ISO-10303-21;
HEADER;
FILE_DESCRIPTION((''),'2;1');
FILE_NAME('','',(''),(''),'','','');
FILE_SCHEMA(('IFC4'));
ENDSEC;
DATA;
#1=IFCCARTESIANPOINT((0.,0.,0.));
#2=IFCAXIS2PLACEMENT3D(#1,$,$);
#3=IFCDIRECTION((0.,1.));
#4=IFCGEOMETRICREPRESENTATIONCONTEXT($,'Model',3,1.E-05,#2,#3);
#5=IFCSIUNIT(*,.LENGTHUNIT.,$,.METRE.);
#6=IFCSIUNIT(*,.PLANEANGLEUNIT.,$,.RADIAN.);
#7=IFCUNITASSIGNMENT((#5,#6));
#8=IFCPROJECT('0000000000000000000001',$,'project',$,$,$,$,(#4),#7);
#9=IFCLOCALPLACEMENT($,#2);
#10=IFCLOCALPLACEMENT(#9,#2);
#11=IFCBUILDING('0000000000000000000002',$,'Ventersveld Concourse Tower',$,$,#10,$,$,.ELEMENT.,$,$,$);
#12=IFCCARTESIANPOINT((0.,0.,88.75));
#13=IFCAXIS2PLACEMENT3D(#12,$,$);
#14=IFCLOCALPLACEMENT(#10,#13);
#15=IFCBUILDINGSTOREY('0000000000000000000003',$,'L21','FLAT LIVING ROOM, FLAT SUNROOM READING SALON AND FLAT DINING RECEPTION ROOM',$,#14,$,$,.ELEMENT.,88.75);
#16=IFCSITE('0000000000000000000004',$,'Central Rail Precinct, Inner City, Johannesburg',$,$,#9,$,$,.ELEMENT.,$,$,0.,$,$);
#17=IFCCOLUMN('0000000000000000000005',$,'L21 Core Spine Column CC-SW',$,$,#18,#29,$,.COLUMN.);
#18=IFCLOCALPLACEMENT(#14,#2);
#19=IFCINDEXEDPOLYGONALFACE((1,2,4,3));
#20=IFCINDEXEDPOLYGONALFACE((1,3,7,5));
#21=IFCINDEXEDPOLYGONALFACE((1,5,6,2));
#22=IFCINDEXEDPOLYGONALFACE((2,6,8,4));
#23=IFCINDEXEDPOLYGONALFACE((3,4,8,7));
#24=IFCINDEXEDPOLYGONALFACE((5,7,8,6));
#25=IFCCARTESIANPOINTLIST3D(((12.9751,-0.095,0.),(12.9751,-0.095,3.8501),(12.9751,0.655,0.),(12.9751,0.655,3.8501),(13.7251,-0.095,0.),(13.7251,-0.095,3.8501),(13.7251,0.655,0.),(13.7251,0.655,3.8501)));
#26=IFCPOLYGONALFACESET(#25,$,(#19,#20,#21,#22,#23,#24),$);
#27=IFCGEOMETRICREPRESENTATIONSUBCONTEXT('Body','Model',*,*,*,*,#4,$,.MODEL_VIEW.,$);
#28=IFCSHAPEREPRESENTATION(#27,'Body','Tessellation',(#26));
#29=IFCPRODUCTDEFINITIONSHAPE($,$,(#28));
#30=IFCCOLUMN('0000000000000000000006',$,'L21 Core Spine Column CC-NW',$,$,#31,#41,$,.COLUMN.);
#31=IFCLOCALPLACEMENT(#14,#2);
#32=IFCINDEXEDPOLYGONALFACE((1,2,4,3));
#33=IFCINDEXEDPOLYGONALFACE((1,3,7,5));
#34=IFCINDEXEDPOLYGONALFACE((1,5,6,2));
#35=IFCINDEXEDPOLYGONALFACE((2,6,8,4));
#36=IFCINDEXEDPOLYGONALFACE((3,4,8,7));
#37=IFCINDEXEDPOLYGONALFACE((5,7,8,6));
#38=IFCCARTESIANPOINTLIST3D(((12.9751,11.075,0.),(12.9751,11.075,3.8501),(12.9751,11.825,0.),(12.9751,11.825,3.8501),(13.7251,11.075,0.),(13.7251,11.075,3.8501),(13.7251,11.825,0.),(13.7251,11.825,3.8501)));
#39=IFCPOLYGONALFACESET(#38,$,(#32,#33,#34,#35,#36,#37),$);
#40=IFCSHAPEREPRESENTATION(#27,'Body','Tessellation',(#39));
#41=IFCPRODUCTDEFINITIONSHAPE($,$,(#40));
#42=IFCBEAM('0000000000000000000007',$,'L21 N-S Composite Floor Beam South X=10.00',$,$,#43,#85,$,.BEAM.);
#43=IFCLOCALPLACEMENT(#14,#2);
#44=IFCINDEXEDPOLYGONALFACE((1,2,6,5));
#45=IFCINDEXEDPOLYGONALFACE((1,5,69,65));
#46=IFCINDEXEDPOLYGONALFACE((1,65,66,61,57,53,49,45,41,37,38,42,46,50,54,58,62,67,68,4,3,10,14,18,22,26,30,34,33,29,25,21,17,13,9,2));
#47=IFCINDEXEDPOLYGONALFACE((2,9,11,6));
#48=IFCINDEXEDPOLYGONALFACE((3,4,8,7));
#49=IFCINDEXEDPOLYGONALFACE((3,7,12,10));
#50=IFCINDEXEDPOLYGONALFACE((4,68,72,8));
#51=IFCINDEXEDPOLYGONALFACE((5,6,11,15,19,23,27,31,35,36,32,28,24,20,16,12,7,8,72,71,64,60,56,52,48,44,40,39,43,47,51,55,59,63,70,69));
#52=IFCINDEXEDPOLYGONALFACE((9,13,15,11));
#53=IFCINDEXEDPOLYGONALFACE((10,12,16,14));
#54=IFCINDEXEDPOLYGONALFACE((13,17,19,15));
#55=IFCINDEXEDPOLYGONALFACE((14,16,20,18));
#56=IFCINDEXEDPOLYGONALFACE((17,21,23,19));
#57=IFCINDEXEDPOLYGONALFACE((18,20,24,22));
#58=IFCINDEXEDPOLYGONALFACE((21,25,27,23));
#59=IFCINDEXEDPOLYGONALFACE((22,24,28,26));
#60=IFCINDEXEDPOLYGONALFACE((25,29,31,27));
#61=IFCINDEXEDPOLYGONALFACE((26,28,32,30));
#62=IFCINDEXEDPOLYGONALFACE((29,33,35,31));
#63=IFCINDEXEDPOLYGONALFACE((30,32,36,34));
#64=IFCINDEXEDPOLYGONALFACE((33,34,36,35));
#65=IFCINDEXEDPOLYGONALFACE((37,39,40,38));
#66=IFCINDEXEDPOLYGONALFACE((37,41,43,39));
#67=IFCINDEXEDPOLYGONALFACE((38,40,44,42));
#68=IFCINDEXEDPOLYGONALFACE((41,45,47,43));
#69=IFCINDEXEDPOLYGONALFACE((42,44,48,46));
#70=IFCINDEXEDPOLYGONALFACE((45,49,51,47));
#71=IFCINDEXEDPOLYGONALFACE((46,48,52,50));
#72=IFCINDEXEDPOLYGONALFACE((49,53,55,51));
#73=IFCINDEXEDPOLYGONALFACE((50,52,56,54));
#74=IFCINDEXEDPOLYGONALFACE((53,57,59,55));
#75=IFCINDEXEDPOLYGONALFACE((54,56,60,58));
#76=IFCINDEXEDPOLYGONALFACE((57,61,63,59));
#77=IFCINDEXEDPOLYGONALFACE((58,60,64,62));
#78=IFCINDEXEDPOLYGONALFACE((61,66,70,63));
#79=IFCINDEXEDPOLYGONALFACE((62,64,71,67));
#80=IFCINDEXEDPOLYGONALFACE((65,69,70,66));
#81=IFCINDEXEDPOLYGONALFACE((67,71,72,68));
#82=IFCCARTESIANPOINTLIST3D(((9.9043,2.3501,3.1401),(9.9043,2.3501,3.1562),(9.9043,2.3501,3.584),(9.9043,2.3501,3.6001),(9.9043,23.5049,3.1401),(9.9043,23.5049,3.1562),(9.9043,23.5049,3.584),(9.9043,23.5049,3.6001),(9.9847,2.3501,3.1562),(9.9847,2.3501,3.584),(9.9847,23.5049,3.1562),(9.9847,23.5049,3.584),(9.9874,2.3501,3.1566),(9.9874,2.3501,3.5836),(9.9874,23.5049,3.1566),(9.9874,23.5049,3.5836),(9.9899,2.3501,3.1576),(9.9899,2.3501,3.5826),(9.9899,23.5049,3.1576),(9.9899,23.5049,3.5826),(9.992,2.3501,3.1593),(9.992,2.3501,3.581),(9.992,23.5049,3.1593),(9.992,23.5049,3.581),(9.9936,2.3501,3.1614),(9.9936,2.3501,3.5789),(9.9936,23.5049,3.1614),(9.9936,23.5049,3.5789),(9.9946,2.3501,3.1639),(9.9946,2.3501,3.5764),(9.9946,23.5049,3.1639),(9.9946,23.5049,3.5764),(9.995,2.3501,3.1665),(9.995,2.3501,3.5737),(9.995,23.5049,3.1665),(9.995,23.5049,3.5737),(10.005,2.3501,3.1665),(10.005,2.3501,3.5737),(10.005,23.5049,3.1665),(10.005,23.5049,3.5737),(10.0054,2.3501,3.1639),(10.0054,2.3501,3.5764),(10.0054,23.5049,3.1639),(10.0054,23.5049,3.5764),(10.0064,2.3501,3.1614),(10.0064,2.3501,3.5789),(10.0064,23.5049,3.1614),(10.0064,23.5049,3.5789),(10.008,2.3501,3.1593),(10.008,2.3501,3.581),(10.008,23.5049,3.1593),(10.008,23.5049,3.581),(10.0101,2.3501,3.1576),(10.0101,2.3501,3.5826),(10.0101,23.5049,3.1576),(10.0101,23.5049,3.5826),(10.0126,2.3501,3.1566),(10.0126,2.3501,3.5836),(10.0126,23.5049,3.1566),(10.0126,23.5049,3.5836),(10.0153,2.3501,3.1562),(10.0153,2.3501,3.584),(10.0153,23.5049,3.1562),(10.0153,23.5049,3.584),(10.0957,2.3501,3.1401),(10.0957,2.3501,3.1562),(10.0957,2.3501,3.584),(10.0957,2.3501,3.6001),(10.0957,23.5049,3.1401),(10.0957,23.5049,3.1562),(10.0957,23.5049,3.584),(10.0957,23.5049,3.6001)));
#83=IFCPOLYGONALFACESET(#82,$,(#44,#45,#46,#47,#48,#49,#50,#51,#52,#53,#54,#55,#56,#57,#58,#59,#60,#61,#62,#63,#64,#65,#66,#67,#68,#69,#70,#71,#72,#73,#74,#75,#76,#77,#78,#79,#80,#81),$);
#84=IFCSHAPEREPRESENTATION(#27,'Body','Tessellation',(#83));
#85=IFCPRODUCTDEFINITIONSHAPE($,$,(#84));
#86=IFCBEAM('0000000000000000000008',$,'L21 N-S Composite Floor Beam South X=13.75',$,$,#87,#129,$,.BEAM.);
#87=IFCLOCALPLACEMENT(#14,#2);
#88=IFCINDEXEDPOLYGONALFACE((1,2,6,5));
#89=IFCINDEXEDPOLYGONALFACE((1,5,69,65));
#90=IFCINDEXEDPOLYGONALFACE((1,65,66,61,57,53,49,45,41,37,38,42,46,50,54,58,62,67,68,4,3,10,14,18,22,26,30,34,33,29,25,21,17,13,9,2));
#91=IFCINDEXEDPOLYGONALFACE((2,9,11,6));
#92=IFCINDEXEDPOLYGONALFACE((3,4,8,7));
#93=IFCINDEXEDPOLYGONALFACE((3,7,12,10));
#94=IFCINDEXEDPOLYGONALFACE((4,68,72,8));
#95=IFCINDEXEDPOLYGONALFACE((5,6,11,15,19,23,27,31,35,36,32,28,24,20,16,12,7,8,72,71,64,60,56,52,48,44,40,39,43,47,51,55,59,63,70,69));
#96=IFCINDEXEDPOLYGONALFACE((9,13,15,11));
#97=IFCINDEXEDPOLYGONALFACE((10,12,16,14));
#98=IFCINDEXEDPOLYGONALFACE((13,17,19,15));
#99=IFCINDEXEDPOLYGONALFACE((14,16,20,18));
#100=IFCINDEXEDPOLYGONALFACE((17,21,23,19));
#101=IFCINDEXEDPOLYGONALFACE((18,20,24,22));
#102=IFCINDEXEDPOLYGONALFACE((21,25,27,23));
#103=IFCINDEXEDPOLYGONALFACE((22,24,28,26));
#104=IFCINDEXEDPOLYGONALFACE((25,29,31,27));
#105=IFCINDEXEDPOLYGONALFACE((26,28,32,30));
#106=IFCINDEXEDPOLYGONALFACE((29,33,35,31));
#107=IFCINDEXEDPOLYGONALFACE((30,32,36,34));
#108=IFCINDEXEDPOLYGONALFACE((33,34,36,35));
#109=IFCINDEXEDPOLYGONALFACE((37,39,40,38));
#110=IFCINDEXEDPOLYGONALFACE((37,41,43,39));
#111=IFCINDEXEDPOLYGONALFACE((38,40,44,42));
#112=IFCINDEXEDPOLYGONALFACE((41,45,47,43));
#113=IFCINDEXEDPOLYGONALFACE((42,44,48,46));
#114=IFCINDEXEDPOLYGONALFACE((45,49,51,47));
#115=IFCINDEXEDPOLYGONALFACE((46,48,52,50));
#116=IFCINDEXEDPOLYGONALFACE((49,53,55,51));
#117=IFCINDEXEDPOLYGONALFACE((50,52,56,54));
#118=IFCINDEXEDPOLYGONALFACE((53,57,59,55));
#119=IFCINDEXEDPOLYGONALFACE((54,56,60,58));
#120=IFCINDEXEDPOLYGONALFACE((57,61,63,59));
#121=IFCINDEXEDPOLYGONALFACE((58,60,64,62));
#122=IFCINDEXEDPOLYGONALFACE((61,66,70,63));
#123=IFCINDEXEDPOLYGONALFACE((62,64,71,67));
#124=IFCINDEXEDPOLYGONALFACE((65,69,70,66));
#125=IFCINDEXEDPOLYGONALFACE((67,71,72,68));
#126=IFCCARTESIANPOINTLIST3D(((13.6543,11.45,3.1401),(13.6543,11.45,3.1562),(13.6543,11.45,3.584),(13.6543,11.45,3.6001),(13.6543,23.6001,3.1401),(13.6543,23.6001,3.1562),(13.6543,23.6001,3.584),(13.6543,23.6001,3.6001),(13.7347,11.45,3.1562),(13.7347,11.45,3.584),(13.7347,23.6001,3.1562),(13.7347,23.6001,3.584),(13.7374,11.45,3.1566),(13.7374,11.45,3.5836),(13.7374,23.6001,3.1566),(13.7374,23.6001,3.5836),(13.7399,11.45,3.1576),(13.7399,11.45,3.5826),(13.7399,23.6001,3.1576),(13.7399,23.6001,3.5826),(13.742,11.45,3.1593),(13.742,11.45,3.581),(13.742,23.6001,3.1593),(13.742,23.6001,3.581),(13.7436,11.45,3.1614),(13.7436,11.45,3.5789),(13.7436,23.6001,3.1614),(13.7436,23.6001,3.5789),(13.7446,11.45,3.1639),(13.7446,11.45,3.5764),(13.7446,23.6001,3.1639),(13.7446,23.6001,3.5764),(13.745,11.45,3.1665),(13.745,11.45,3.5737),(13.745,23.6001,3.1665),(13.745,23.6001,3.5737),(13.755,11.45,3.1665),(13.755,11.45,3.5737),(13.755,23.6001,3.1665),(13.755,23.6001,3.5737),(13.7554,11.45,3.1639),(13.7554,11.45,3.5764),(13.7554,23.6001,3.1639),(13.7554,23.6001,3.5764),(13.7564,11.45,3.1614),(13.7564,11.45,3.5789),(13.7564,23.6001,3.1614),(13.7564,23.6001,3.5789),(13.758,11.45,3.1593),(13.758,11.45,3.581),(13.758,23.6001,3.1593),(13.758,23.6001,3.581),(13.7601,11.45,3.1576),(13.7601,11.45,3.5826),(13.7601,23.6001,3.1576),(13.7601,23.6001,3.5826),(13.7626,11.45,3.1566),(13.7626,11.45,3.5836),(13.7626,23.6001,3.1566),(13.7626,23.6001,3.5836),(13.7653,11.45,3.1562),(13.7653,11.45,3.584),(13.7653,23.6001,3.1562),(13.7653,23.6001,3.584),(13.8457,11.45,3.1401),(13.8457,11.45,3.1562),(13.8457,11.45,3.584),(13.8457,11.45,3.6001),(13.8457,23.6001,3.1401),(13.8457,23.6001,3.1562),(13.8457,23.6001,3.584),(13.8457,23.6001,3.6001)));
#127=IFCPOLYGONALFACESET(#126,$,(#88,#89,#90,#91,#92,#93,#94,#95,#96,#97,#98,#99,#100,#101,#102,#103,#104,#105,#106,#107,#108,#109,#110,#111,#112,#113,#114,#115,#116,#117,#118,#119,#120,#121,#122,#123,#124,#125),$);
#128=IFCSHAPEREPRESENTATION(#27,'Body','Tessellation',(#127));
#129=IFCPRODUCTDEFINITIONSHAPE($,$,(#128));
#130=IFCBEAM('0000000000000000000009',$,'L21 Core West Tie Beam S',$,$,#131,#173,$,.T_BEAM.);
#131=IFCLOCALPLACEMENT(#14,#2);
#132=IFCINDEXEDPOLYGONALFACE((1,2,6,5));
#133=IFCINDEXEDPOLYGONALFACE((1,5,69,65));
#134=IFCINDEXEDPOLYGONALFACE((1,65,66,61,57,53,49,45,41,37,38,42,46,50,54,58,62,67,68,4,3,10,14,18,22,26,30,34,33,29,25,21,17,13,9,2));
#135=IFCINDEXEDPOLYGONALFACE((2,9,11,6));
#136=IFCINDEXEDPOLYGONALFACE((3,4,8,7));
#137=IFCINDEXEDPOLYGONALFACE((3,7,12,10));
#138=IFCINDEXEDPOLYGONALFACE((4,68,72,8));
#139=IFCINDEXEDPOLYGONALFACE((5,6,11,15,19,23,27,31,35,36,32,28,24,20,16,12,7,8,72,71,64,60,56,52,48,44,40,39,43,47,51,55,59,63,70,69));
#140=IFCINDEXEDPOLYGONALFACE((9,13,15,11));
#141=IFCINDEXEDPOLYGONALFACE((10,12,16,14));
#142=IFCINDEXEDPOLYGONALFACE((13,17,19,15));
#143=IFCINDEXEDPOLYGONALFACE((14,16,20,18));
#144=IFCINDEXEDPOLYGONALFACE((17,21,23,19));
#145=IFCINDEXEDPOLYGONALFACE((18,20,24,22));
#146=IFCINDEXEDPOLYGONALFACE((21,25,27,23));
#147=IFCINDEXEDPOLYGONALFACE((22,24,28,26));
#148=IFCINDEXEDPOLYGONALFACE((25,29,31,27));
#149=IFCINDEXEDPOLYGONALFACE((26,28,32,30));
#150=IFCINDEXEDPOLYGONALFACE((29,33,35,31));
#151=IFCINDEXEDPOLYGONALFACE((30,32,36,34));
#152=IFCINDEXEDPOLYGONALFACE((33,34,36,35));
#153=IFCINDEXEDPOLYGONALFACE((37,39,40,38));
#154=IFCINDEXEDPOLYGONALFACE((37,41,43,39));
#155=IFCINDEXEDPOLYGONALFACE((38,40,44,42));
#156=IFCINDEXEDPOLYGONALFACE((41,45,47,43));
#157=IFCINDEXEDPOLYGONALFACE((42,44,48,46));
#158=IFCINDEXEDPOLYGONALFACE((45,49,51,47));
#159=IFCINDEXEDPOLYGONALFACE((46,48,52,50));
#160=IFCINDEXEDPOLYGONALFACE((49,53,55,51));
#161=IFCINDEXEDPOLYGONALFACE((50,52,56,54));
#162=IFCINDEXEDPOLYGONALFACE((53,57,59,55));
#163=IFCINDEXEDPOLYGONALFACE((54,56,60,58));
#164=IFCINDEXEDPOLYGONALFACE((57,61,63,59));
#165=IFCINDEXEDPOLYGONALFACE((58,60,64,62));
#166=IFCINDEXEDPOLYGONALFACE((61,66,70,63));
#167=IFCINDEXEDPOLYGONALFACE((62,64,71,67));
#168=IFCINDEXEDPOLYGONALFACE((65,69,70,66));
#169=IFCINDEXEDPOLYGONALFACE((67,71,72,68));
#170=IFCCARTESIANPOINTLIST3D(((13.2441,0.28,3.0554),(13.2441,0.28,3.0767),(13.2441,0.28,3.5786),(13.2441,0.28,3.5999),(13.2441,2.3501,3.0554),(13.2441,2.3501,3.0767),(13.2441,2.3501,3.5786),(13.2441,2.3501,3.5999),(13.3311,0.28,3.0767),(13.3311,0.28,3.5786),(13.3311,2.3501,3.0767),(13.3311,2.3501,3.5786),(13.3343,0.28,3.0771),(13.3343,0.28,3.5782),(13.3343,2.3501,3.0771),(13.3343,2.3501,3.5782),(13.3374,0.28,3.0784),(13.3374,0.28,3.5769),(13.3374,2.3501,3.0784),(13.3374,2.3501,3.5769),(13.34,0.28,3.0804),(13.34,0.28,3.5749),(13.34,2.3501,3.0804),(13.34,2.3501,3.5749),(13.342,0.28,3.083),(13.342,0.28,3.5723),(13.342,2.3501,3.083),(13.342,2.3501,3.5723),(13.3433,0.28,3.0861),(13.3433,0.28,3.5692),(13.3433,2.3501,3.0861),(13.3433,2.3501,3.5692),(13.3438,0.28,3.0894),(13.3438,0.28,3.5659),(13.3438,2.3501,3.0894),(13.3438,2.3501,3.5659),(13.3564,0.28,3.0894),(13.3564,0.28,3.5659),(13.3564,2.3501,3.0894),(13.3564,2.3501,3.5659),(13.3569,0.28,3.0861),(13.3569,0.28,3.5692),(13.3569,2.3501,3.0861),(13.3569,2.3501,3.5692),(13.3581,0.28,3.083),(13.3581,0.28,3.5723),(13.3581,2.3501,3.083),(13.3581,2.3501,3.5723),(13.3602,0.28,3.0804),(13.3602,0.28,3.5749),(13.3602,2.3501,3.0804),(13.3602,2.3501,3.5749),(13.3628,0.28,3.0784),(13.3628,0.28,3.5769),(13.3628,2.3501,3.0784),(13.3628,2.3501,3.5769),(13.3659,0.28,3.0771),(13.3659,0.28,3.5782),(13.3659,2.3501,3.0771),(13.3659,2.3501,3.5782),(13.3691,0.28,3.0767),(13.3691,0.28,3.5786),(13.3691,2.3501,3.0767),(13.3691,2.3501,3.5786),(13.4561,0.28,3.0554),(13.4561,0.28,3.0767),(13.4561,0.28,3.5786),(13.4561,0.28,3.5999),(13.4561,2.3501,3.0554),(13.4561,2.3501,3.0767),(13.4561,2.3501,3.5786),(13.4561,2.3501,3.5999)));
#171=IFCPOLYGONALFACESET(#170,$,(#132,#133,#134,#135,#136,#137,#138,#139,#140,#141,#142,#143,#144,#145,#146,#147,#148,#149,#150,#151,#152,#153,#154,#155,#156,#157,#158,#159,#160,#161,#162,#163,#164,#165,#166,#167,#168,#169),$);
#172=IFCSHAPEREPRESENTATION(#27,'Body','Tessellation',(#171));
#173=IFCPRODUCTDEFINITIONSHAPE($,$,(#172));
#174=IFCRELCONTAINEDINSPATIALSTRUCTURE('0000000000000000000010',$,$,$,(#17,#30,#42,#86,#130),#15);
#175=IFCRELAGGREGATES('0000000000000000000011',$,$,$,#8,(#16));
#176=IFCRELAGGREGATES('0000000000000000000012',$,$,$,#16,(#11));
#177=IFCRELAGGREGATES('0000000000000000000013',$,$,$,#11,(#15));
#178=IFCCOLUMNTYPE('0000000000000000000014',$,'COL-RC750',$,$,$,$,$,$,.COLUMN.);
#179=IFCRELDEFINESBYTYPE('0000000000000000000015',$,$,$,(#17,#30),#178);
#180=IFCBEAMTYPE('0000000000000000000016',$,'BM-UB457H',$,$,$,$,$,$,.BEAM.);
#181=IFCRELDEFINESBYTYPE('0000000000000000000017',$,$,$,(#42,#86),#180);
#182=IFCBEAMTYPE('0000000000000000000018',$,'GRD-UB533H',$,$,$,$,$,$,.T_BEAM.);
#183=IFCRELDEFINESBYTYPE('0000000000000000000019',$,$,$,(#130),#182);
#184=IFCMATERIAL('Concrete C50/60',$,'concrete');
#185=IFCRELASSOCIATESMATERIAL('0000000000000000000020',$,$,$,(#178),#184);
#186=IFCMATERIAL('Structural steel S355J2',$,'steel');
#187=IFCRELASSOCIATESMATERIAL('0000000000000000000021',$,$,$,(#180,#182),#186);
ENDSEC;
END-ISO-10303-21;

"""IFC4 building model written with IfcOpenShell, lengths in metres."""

from ifc_helpers import new_model, si_unit, direction, frame, origin, origin_2d, place, context, subcontext, project, spatial, rectangle, i_section, extrude, material, material_profile, profile_set, type_object, element, save


model = new_model("IFC4")

# Units and contexts
model_context = context("Model", 3, precision=1e-05, world=origin(), true_north=direction((0.0, 1.0)))
body_context = subcontext(model_context, "Body", "Model", "MODEL_VIEW")
ifc_project = project(units=[si_unit("LENGTHUNIT", "METRE"), si_unit("PLANEANGLEUNIT", "RADIAN")], contexts=[model_context])

# Site, building, storey
site_placement = place(None, origin())
site = spatial("IfcSite", under=ifc_project, at=site_placement, Name="Central Rail Precinct, Inner City, Johannesburg", CompositionType="ELEMENT", RefElevation=0.0)
building_placement = place(site_placement, origin())
building = spatial("IfcBuilding", under=site, at=building_placement, Name="Ventersveld Concourse Tower", CompositionType="ELEMENT")
storey_placement = place(building_placement, frame((0.0, 0.0, 88.75)))
storey = spatial("IfcBuildingStorey", under=building, at=storey_placement, Name="L21", Description="FLAT LIVING ROOM, FLAT SUNROOM READING SALON AND FLAT DINING RECEPTION ROOM", CompositionType="ELEMENT", Elevation=88.75)

# Columns
ifc_material_1 = material(Name="Concrete C50/60", Category="concrete")
ifc_material_profile_1 = material_profile(ifc_material_1, rectangle(XDim=0.75, YDim=0.75, at=origin_2d()), Name="RC 750x750")
ifc_profile_set_1 = profile_set([ifc_material_profile_1], Name="Concrete C50/60")
column_type = type_object("IfcColumnType", Name="COL-RC750", PredefinedType="COLUMN", material=ifc_profile_set_1)
for number, where, z_axis, x_axis, name in (
    (1, (13.3501, 0.28, 0.0), (0.0, 0.0, 1.0), (1.0, 0.0, 0.0), "L21 Core Spine Column CC-SW"),
    (2, (13.3501, 11.45, 0.0), (0.0, 0.0, 1.0), (1.0, 0.0, 0.0), "L21 Core Spine Column CC-NW"),
):
    element("IfcColumn", number, at=place(storey_placement, frame(where, z_axis=z_axis, x_axis=x_axis)), inside=storey, type_object=column_type, Name=name, PredefinedType="COLUMN", context=body_context, shape_type="SweptSolid", body=[
        extrude(rectangle(XDim=0.75, YDim=0.75, at=origin_2d()), origin(), (0.0, 0.0, 1.0), 3.8501),
    ])

# Beams
ifc_material_2 = material(Name="Structural steel S355J2", Category="steel")
ifc_material_profile_2 = material_profile(ifc_material_2, i_section(OverallWidth=0.1914, OverallDepth=0.46, WebThickness=0.01, FlangeThickness=0.0161, FilletRadius=0.0103, at=origin_2d()), Name="UB 457x191x82")
ifc_profile_set_2 = profile_set([ifc_material_profile_2], Name="Structural steel S355J2")
beam_type_1 = type_object("IfcBeamType", Name="BM-UB457H", PredefinedType="BEAM", material=ifc_profile_set_2)
beam_1_placement = place(storey_placement, frame((10.0, 2.3501, 3.3701), z_axis=(0.0, 1.0, 0.0), x_axis=(-1.0, 0.0, 0.0)))
element("IfcBeam", 3, at=beam_1_placement, inside=storey, type_object=beam_type_1, Name="L21 N-S Composite Floor Beam South X=10.00", PredefinedType="BEAM", context=body_context, shape_type="SweptSolid", body=[
    extrude(i_section(OverallWidth=0.1914, OverallDepth=0.46, WebThickness=0.01, FlangeThickness=0.0161, FilletRadius=0.0103, at=origin_2d()), origin(), (0.0, 0.0, 1.0), 21.1548),
])
beam_2_placement = place(storey_placement, frame((13.75, 11.45, 3.3701), z_axis=(0.0, 1.0, 0.0), x_axis=(-1.0, 0.0, 0.0)))
element("IfcBeam", 4, at=beam_2_placement, inside=storey, type_object=beam_type_1, Name="L21 N-S Composite Floor Beam South X=13.75", PredefinedType="BEAM", context=body_context, shape_type="SweptSolid", body=[
    extrude(i_section(OverallWidth=0.1914, OverallDepth=0.46, WebThickness=0.01, FlangeThickness=0.0161, FilletRadius=0.0103, at=origin_2d()), origin(), (0.0, 0.0, 1.0), 12.1501),
])
ifc_material_profile_3 = material_profile(ifc_material_2, i_section(OverallWidth=0.2119, OverallDepth=0.5444, WebThickness=0.0127, FlangeThickness=0.0212, FilletRadius=0.0127, at=origin_2d()), Name="UB 533x210x122")
ifc_profile_set_3 = profile_set([ifc_material_profile_3], Name="Structural steel S355J2")
beam_type_2 = type_object("IfcBeamType", Name="GRD-UB533H", PredefinedType="T_BEAM", material=ifc_profile_set_3)
beam_3_placement = place(storey_placement, frame((13.3501, 0.28, 3.3276), z_axis=(0.0, 1.0, 0.0), x_axis=(-1.0, 0.0, 0.0)))
element("IfcBeam", 5, at=beam_3_placement, inside=storey, type_object=beam_type_2, Name="L21 Core West Tie Beam S", PredefinedType="T_BEAM", context=body_context, shape_type="SweptSolid", body=[
    extrude(i_section(OverallWidth=0.2119, OverallDepth=0.5444, WebThickness=0.0127, FlangeThickness=0.0212, FilletRadius=0.0127, at=origin_2d()), origin(), (0.0, 0.0, 1.0), 2.0701),
])

save(model, "model.ifc")
